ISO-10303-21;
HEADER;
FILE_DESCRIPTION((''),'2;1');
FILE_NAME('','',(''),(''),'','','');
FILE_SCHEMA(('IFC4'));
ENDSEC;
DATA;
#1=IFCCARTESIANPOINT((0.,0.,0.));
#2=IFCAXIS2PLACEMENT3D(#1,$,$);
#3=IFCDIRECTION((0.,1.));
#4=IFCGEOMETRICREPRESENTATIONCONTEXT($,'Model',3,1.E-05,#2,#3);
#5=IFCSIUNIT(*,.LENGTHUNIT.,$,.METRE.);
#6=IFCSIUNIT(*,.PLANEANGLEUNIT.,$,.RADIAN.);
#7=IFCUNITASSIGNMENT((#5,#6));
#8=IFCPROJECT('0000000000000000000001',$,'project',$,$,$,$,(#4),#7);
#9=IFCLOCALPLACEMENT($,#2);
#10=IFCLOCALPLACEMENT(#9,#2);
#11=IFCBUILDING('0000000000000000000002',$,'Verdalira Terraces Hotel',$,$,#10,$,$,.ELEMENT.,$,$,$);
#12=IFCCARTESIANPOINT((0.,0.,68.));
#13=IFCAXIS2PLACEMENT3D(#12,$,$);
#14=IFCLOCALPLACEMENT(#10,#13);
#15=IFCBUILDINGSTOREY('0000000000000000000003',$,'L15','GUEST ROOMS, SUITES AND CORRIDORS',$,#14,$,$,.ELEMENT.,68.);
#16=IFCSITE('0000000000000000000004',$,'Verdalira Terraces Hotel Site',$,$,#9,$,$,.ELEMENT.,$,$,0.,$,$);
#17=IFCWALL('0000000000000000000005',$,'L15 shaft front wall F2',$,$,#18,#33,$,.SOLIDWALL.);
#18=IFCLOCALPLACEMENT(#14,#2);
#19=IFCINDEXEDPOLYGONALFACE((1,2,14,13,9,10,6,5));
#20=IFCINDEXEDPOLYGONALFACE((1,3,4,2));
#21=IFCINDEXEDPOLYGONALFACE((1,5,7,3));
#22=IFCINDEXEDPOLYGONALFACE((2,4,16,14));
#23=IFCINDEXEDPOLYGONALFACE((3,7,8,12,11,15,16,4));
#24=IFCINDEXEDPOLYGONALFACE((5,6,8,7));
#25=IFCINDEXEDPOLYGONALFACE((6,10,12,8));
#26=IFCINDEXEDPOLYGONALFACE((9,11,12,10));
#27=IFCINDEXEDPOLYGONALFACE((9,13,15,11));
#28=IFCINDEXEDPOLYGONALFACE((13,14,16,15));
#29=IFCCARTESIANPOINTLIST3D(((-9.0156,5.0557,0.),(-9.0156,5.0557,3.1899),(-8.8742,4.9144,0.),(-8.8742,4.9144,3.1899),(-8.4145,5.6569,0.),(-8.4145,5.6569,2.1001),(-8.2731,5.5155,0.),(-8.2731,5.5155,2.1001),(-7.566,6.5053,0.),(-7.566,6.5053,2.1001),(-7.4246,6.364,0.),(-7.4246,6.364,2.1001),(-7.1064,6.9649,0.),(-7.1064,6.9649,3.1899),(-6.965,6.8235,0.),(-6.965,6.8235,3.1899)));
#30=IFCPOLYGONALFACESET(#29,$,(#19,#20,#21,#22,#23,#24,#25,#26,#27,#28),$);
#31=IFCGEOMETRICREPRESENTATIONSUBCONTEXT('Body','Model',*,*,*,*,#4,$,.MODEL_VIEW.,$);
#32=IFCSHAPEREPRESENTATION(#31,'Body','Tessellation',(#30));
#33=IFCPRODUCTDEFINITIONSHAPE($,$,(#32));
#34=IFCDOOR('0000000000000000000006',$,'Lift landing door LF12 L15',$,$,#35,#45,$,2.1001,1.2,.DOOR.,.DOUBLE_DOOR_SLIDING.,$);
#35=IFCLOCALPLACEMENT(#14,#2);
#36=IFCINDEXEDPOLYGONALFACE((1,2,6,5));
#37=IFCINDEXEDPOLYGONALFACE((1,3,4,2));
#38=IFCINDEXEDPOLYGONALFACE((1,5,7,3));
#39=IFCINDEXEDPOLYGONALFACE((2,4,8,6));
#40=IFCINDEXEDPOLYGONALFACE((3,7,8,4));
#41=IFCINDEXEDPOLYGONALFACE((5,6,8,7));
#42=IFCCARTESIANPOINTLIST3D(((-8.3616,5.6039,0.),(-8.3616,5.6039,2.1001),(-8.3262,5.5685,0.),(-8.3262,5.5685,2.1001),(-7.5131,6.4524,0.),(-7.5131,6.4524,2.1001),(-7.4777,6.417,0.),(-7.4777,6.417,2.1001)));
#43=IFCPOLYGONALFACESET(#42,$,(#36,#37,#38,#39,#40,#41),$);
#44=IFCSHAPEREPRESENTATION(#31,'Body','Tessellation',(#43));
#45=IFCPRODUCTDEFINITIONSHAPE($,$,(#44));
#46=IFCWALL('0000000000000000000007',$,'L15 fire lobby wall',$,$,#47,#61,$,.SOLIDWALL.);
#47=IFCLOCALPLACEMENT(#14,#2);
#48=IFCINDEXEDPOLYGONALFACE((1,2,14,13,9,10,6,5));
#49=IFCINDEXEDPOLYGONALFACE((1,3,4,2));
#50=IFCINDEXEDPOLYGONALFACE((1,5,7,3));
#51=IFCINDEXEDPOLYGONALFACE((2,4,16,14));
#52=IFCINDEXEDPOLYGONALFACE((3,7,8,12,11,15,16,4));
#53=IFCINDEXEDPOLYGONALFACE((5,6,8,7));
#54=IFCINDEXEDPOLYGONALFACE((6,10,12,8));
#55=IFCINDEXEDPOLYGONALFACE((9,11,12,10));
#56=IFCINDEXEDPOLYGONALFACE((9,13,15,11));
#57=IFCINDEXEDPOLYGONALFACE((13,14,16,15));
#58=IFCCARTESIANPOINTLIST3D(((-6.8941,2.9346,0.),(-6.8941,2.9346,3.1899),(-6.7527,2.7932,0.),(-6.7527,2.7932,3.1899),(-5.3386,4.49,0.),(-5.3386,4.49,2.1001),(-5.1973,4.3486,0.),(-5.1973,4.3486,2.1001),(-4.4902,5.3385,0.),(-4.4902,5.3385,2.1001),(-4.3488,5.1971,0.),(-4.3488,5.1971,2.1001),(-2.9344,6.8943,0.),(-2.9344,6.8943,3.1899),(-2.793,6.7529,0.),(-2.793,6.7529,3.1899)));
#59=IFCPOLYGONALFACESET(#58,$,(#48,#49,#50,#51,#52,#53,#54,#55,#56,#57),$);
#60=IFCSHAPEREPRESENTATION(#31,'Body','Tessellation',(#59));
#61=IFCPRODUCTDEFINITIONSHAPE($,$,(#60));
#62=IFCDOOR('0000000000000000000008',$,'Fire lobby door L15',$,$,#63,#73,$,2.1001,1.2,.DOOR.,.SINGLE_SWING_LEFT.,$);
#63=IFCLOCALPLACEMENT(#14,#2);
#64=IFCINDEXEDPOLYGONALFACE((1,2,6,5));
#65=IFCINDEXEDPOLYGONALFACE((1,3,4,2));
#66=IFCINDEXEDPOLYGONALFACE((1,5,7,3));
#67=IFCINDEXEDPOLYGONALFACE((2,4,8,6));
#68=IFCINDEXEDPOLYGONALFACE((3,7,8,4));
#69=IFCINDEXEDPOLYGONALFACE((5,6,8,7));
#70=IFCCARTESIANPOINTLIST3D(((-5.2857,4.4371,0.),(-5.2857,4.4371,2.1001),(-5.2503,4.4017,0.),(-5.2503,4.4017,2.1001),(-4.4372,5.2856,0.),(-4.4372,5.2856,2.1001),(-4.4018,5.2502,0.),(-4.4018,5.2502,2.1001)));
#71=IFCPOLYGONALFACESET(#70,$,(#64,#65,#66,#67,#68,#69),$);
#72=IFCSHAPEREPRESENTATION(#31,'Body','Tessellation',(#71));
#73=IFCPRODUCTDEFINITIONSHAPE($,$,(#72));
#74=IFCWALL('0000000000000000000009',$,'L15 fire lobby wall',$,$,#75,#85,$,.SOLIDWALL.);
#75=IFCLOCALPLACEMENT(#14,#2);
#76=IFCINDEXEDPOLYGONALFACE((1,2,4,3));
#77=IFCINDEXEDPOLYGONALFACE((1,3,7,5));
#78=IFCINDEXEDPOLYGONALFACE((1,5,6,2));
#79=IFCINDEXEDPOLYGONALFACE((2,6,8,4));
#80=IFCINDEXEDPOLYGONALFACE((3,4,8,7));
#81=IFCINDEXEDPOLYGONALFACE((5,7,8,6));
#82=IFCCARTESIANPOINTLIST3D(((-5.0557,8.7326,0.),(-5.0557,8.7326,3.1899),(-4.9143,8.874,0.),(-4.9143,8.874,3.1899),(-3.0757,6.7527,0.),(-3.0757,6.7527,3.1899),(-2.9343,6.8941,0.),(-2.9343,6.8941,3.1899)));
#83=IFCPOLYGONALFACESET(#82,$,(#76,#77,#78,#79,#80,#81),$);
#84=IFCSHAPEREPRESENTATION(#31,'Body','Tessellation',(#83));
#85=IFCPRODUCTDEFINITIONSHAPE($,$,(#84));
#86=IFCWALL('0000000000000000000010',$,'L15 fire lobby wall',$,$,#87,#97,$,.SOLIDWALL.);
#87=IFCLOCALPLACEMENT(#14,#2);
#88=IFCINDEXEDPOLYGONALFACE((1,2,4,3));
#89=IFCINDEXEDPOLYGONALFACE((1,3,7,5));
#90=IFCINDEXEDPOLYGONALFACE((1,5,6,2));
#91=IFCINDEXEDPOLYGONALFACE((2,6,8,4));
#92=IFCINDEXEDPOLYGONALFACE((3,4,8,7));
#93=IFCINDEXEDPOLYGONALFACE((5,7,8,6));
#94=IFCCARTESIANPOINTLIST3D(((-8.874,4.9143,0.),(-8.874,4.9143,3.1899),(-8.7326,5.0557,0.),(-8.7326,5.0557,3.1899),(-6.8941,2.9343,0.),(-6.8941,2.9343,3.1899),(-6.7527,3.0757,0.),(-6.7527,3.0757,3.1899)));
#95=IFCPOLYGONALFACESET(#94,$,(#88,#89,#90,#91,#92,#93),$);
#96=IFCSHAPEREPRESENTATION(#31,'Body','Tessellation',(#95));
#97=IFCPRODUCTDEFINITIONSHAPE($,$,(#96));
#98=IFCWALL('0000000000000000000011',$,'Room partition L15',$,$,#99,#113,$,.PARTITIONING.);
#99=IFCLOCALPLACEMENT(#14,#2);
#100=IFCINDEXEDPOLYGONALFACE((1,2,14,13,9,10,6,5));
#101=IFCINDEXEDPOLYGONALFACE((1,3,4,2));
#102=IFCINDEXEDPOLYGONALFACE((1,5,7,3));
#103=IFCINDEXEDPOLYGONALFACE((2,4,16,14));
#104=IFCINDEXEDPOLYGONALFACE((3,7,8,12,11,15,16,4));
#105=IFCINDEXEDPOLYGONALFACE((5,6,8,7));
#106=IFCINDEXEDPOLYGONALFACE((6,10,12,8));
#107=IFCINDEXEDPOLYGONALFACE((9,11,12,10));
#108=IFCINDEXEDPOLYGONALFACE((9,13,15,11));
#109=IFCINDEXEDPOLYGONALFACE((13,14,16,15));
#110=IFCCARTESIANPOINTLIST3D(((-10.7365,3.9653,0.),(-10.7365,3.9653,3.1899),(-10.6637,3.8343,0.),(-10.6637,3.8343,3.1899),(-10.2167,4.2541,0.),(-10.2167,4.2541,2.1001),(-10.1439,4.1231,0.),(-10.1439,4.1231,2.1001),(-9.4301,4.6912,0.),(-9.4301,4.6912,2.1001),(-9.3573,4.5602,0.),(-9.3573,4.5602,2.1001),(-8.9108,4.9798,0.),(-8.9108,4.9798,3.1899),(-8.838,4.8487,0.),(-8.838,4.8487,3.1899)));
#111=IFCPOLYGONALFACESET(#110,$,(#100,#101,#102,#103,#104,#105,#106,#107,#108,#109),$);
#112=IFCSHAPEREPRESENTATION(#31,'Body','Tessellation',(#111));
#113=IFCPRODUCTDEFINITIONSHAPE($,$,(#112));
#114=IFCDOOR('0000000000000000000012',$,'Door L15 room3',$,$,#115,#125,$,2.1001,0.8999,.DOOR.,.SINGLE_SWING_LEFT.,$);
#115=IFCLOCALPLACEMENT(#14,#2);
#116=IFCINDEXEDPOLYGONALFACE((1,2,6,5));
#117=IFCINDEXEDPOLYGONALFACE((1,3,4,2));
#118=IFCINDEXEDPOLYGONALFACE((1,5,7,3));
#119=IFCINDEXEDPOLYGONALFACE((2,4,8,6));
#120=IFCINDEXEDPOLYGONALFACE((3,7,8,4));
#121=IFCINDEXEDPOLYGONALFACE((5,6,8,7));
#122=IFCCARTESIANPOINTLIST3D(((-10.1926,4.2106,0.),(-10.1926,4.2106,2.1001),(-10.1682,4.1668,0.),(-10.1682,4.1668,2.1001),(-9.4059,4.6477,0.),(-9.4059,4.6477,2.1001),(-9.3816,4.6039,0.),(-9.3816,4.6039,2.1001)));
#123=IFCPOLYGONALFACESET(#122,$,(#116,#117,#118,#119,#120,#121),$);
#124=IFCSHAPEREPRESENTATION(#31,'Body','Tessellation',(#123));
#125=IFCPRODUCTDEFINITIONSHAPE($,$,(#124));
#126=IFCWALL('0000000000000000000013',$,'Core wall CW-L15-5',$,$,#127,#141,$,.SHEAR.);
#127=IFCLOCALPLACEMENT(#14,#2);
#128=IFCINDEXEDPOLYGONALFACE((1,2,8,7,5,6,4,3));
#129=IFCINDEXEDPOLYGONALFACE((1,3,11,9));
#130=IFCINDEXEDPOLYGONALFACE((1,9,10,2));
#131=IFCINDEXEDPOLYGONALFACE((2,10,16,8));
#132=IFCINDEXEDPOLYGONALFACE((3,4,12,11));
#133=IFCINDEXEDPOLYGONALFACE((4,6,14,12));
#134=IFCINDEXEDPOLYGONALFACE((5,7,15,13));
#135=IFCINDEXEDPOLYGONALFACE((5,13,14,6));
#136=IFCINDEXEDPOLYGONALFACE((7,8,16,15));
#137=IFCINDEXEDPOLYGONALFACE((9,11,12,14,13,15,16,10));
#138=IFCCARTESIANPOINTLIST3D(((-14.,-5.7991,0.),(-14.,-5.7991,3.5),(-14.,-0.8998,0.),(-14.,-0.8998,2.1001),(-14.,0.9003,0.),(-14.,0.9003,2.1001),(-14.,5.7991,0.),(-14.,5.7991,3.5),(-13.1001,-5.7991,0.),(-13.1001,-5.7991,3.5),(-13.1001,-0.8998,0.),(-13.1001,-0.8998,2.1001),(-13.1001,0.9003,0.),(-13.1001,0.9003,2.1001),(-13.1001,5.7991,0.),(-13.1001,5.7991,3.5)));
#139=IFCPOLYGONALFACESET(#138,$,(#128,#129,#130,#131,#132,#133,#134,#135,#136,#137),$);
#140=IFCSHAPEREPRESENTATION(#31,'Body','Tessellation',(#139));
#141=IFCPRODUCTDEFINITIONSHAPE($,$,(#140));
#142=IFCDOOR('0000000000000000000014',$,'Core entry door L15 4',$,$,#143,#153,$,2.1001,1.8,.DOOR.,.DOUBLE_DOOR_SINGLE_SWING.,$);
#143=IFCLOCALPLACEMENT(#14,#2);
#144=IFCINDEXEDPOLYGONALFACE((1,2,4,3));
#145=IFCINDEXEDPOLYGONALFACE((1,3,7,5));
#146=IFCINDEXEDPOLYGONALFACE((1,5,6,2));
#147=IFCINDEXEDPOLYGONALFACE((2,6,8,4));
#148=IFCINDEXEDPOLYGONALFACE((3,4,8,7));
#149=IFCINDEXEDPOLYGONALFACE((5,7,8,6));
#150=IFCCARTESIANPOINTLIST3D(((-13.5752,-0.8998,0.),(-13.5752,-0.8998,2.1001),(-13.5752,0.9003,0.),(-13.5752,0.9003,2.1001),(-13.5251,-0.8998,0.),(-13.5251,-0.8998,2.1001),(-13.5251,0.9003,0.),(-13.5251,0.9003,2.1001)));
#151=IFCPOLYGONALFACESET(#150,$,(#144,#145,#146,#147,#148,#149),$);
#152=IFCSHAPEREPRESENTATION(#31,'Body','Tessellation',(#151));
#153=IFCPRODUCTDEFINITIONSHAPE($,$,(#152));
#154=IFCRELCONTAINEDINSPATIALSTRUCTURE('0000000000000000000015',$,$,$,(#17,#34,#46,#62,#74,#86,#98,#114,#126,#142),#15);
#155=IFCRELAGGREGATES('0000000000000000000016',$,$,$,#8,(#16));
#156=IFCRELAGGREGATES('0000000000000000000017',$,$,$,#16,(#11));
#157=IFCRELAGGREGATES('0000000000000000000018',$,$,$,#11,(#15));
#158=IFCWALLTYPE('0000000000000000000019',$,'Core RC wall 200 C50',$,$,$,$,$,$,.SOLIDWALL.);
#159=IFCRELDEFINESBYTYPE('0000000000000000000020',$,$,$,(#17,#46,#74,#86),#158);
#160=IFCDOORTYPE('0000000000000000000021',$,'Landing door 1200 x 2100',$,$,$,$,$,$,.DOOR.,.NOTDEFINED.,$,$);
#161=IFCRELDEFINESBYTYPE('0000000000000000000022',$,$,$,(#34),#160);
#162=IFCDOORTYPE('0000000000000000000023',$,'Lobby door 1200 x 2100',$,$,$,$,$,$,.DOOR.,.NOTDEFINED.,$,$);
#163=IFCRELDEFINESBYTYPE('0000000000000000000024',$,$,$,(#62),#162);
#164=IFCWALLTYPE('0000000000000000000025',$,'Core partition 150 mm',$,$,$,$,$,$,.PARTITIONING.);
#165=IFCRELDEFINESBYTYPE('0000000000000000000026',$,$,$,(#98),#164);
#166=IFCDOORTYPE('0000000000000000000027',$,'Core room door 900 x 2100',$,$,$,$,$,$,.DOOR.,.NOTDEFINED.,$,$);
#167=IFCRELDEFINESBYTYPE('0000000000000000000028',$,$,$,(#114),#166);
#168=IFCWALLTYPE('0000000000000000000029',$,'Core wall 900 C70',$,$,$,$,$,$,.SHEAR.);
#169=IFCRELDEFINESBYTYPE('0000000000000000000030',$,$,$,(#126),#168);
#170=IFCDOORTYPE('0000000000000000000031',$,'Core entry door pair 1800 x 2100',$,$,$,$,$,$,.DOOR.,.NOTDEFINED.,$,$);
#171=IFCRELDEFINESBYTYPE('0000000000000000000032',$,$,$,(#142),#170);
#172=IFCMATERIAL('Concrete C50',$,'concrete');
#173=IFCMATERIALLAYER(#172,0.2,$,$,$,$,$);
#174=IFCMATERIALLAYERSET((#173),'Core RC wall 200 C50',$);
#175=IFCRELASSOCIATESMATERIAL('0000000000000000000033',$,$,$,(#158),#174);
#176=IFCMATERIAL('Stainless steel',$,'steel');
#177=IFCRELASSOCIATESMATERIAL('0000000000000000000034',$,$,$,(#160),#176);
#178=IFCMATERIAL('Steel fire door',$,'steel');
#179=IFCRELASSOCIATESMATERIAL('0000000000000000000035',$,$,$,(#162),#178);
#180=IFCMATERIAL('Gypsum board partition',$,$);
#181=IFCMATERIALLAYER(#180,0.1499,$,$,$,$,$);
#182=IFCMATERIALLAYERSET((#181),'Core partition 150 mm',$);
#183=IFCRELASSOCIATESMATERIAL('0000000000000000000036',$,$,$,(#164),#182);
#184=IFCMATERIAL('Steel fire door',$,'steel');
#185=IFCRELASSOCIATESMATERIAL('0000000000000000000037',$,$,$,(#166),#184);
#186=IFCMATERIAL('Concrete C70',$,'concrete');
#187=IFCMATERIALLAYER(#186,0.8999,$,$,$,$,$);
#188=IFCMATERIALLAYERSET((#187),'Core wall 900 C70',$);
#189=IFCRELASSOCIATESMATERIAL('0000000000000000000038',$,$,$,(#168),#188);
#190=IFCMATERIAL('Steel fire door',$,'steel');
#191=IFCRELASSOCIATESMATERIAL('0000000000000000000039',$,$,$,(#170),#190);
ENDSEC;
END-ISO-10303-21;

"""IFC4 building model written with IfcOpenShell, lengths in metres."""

from ifc_helpers import new_model, si_unit, direction, frame, frame_2d, origin, place, context, subcontext, project, spatial, rectangle, extrude, material, layer, layer_set, type_object, element, fill, save


model = new_model("IFC4")

# Units and contexts
model_context = context("Model", 3, precision=1e-05, world=origin(), true_north=direction((0.0, 1.0)))
body_context = subcontext(model_context, "Body", "Model", "MODEL_VIEW")
ifc_project = project(units=[si_unit("LENGTHUNIT", "METRE"), si_unit("PLANEANGLEUNIT", "RADIAN")], contexts=[model_context])

# Site, building, storey
site_placement = place(None, origin())
site = spatial("IfcSite", under=ifc_project, at=site_placement, Name="Verdalira Terraces Hotel Site", CompositionType="ELEMENT", RefElevation=0.0)
building_placement = place(site_placement, origin())
building = spatial("IfcBuilding", under=site, at=building_placement, Name="Verdalira Terraces Hotel", CompositionType="ELEMENT")
storey_placement = place(building_placement, frame((0.0, 0.0, 68.0)))
storey = spatial("IfcBuildingStorey", under=building, at=storey_placement, Name="L15", Description="GUEST ROOMS, SUITES AND CORRIDORS", CompositionType="ELEMENT", Elevation=68.0)

# Walls, openings, doors
ifc_material_1 = material(Name="Concrete C50", Category="concrete")
ifc_layer_1 = layer(ifc_material_1, 0.2)
ifc_layer_set_1 = layer_set([ifc_layer_1], Name="Core RC wall 200 C50")
wall_type_1 = type_object("IfcWallType", Name="Core RC wall 200 C50", PredefinedType="SOLIDWALL", material=ifc_layer_set_1)
ifc_material_2 = material(Name="Stainless steel", Category="steel")
door_type_1 = type_object("IfcDoorType", Name="Landing door 1200 x 2100", OperationType="NOTDEFINED", PredefinedType="DOOR", material=ifc_material_2)
wall_1_placement = place(storey_placement, frame((-7.0356, 6.8943, 0.0), z_axis=(0.0, 0.0, 1.0), x_axis=(-0.707107, -0.707107, 0.0)))
wall_1 = element("IfcWall", 1, at=wall_1_placement, inside=storey, type_object=wall_type_1, Name="L15 shaft front wall F2", PredefinedType="SOLIDWALL", context=body_context, shape_type="SweptSolid", body=[
    extrude(rectangle(XDim=2.7, YDim=0.2, at=frame_2d((1.3501, 0.0))), origin(), (0.0, 0.0, 1.0), 3.1899),
])
opening_1_placement = place(wall_1_placement, frame((0.6499, 0.0, 0.0)))
opening_1 = element("IfcOpeningElement", 2, at=opening_1_placement, cuts=wall_1, PredefinedType="OPENING", context=body_context, shape_type="SweptSolid", body=[
    extrude(rectangle(XDim=1.2, YDim=2.1001, at=frame_2d((0.6001, 1.05))), frame((0.0, 0.1099, 0.0), z_axis=(0.0, -1.0, 0.0), x_axis=(1.0, 0.0, 0.0)), (0.0, 0.0, 1.0), 0.22),
])
door_1_placement = place(opening_1_placement, origin())
door_1 = element("IfcDoor", 3, at=door_1_placement, inside=storey, type_object=door_type_1, Name="Lift landing door LF12 L15", OperationType="DOUBLE_DOOR_SLIDING", OverallHeight=2.1001, OverallWidth=1.2, PredefinedType="DOOR", context=body_context, shape_type="SweptSolid", body=[
    extrude(rectangle(XDim=1.2, YDim=2.1001, at=frame_2d((0.6001, 1.05))), frame((0.0, 0.0249, 0.0), z_axis=(0.0, -1.0, 0.0), x_axis=(1.0, 0.0, 0.0)), (0.0, 0.0, 1.0), 0.05),
])
fill(opening_1, door_1)
wall_2_placement = place(storey_placement, frame((-2.8638, 6.8235, 0.0), z_axis=(0.0, 0.0, 1.0), x_axis=(-0.707107, -0.707107, 0.0)))
wall_2 = element("IfcWall", 4, at=wall_2_placement, inside=storey, type_object=wall_type_1, Name="L15 fire lobby wall", PredefinedType="SOLIDWALL", context=body_context, shape_type="SweptSolid", body=[
    extrude(rectangle(XDim=5.5999, YDim=0.2, at=frame_2d((2.7998, 0.0))), origin(), (0.0, 0.0, 1.0), 3.1899),
])
opening_2_placement = place(wall_2_placement, frame((2.2, 0.0, 0.0)))
opening_2 = element("IfcOpeningElement", 5, at=opening_2_placement, cuts=wall_2, PredefinedType="OPENING", context=body_context, shape_type="SweptSolid", body=[
    extrude(rectangle(XDim=1.2, YDim=2.1001, at=frame_2d((0.6001, 1.05))), frame((0.0, 0.1099, 0.0), z_axis=(0.0, -1.0, 0.0), x_axis=(1.0, 0.0, 0.0)), (0.0, 0.0, 1.0), 0.22),
])
ifc_material_3 = material(Name="Steel fire door", Category="steel")
door_type_2 = type_object("IfcDoorType", Name="Lobby door 1200 x 2100", OperationType="NOTDEFINED", PredefinedType="DOOR", material=ifc_material_3)
door_2_placement = place(opening_2_placement, origin())
door_2 = element("IfcDoor", 6, at=door_2_placement, inside=storey, type_object=door_type_2, Name="Fire lobby door L15", OperationType="SINGLE_SWING_LEFT", OverallHeight=2.1001, OverallWidth=1.2, PredefinedType="DOOR", context=body_context, shape_type="SweptSolid", body=[
    extrude(rectangle(XDim=1.2, YDim=2.1001, at=frame_2d((0.6001, 1.05))), frame((0.0, 0.0249, 0.0), z_axis=(0.0, -1.0, 0.0), x_axis=(1.0, 0.0, 0.0)), (0.0, 0.0, 1.0), 0.05),
])
fill(opening_2, door_2)

# Walls
for number, where, z_axis, x_axis, name in (
    (7, (-3.0051, 6.8235, 0.0), (0.0, 0.0, 1.0), (-0.707107, 0.707107, 0.0), "L15 fire lobby wall"),
    (8, (-6.8235, 3.0051, 0.0), (0.0, 0.0, 1.0), (-0.707107, 0.707107, 0.0), "L15 fire lobby wall"),
):
    element("IfcWall", number, at=place(storey_placement, frame(where, z_axis=z_axis, x_axis=x_axis)), inside=storey, type_object=wall_type_1, Name=name, PredefinedType="SOLIDWALL", context=body_context, shape_type="SweptSolid", body=[
        extrude(rectangle(XDim=2.8, YDim=0.2, at=frame_2d((1.3999, 0.0))), origin(), (0.0, 0.0, 1.0), 3.1899),
    ])

# Walls, openings, doors
ifc_material_4 = material(Name="Gypsum board partition")
ifc_layer_2 = layer(ifc_material_4, 0.1499)
ifc_layer_set_2 = layer_set([ifc_layer_2], Name="Core partition 150 mm")
wall_type_2 = type_object("IfcWallType", Name="Core partition 150 mm", PredefinedType="PARTITIONING", material=ifc_layer_set_2)
wall_3_placement = place(storey_placement, frame((-8.8743, 4.9143, 0.0), z_axis=(0.0, 0.0, 1.0), x_axis=(-0.87413, -0.485693, 0.0)))
wall_3 = element("IfcWall", 9, at=wall_3_placement, inside=storey, type_object=wall_type_2, Name="Room partition L15", PredefinedType="PARTITIONING", context=body_context, shape_type="SweptSolid", body=[
    extrude(rectangle(XDim=2.0886, YDim=0.1499, at=frame_2d((1.0444, 0.0))), origin(), (0.0, 0.0, 1.0), 3.1899),
])
opening_3_placement = place(wall_3_placement, frame((0.5942, 0.0, 0.0)))
opening_3 = element("IfcOpeningElement", 10, at=opening_3_placement, cuts=wall_3, PredefinedType="OPENING", context=body_context, shape_type="SweptSolid", body=[
    extrude(rectangle(XDim=0.8999, YDim=2.1001, at=frame_2d((0.45, 1.05))), frame((0.0, 0.085, 0.0), z_axis=(0.0, -1.0, 0.0), x_axis=(1.0, 0.0, 0.0)), (0.0, 0.0, 1.0), 0.1699),
])
ifc_material_5 = material(Name="Steel fire door", Category="steel")
door_type_3 = type_object("IfcDoorType", Name="Core room door 900 x 2100", OperationType="NOTDEFINED", PredefinedType="DOOR", material=ifc_material_5)
door_3_placement = place(opening_3_placement, origin())
door_3 = element("IfcDoor", 11, at=door_3_placement, inside=storey, type_object=door_type_3, Name="Door L15 room3", OperationType="SINGLE_SWING_LEFT", OverallHeight=2.1001, OverallWidth=0.8999, PredefinedType="DOOR", context=body_context, shape_type="SweptSolid", body=[
    extrude(rectangle(XDim=0.8999, YDim=2.1001, at=frame_2d((0.45, 1.05))), frame((0.0, 0.0249, 0.0), z_axis=(0.0, -1.0, 0.0), x_axis=(1.0, 0.0, 0.0)), (0.0, 0.0, 1.0), 0.05),
])
fill(opening_3, door_3)
ifc_material_6 = material(Name="Concrete C70", Category="concrete")
ifc_layer_3 = layer(ifc_material_6, 0.8999)
ifc_layer_set_3 = layer_set([ifc_layer_3], Name="Core wall 900 C70")
wall_type_3 = type_object("IfcWallType", Name="Core wall 900 C70", PredefinedType="SHEAR", material=ifc_layer_set_3)
wall_4_placement = place(storey_placement, frame((-13.55, 5.7991, 0.0), z_axis=(0.0, 0.0, 1.0), x_axis=(0.0, -1.0, 0.0)))
wall_4 = element("IfcWall", 12, at=wall_4_placement, inside=storey, type_object=wall_type_3, Name="Core wall CW-L15-5", PredefinedType="SHEAR", context=body_context, shape_type="SweptSolid", body=[
    extrude(rectangle(XDim=11.5981, YDim=0.8999, at=frame_2d((5.7991, 0.0))), origin(), (0.0, 0.0, 1.0), 3.5),
])
opening_4_placement = place(wall_4_placement, frame((4.8989, 0.0, 0.0)))
opening_4 = element("IfcOpeningElement", 13, at=opening_4_placement, cuts=wall_4, PredefinedType="OPENING", context=body_context, shape_type="SweptSolid", body=[
    extrude(rectangle(XDim=1.8, YDim=2.1001, at=frame_2d((0.8999, 1.05))), frame((0.0, 0.46, 0.0), z_axis=(0.0, -1.0, 0.0), x_axis=(1.0, 0.0, 0.0)), (0.0, 0.0, 1.0), 0.9199),
])
ifc_material_7 = material(Name="Steel fire door", Category="steel")
door_type_4 = type_object("IfcDoorType", Name="Core entry door pair 1800 x 2100", OperationType="NOTDEFINED", PredefinedType="DOOR", material=ifc_material_7)
door_4_placement = place(opening_4_placement, origin())
door_4 = element("IfcDoor", 14, at=door_4_placement, inside=storey, type_object=door_type_4, Name="Core entry door L15 4", OperationType="DOUBLE_DOOR_SINGLE_SWING", OverallHeight=2.1001, OverallWidth=1.8, PredefinedType="DOOR", context=body_context, shape_type="SweptSolid", body=[
    extrude(rectangle(XDim=1.8, YDim=2.1001, at=frame_2d((0.8999, 1.05))), frame((0.0, 0.0249, 0.0), z_axis=(0.0, -1.0, 0.0), x_axis=(1.0, 0.0, 0.0)), (0.0, 0.0, 1.0), 0.05),
])
fill(opening_4, door_4)

save(model, "model.ifc")
